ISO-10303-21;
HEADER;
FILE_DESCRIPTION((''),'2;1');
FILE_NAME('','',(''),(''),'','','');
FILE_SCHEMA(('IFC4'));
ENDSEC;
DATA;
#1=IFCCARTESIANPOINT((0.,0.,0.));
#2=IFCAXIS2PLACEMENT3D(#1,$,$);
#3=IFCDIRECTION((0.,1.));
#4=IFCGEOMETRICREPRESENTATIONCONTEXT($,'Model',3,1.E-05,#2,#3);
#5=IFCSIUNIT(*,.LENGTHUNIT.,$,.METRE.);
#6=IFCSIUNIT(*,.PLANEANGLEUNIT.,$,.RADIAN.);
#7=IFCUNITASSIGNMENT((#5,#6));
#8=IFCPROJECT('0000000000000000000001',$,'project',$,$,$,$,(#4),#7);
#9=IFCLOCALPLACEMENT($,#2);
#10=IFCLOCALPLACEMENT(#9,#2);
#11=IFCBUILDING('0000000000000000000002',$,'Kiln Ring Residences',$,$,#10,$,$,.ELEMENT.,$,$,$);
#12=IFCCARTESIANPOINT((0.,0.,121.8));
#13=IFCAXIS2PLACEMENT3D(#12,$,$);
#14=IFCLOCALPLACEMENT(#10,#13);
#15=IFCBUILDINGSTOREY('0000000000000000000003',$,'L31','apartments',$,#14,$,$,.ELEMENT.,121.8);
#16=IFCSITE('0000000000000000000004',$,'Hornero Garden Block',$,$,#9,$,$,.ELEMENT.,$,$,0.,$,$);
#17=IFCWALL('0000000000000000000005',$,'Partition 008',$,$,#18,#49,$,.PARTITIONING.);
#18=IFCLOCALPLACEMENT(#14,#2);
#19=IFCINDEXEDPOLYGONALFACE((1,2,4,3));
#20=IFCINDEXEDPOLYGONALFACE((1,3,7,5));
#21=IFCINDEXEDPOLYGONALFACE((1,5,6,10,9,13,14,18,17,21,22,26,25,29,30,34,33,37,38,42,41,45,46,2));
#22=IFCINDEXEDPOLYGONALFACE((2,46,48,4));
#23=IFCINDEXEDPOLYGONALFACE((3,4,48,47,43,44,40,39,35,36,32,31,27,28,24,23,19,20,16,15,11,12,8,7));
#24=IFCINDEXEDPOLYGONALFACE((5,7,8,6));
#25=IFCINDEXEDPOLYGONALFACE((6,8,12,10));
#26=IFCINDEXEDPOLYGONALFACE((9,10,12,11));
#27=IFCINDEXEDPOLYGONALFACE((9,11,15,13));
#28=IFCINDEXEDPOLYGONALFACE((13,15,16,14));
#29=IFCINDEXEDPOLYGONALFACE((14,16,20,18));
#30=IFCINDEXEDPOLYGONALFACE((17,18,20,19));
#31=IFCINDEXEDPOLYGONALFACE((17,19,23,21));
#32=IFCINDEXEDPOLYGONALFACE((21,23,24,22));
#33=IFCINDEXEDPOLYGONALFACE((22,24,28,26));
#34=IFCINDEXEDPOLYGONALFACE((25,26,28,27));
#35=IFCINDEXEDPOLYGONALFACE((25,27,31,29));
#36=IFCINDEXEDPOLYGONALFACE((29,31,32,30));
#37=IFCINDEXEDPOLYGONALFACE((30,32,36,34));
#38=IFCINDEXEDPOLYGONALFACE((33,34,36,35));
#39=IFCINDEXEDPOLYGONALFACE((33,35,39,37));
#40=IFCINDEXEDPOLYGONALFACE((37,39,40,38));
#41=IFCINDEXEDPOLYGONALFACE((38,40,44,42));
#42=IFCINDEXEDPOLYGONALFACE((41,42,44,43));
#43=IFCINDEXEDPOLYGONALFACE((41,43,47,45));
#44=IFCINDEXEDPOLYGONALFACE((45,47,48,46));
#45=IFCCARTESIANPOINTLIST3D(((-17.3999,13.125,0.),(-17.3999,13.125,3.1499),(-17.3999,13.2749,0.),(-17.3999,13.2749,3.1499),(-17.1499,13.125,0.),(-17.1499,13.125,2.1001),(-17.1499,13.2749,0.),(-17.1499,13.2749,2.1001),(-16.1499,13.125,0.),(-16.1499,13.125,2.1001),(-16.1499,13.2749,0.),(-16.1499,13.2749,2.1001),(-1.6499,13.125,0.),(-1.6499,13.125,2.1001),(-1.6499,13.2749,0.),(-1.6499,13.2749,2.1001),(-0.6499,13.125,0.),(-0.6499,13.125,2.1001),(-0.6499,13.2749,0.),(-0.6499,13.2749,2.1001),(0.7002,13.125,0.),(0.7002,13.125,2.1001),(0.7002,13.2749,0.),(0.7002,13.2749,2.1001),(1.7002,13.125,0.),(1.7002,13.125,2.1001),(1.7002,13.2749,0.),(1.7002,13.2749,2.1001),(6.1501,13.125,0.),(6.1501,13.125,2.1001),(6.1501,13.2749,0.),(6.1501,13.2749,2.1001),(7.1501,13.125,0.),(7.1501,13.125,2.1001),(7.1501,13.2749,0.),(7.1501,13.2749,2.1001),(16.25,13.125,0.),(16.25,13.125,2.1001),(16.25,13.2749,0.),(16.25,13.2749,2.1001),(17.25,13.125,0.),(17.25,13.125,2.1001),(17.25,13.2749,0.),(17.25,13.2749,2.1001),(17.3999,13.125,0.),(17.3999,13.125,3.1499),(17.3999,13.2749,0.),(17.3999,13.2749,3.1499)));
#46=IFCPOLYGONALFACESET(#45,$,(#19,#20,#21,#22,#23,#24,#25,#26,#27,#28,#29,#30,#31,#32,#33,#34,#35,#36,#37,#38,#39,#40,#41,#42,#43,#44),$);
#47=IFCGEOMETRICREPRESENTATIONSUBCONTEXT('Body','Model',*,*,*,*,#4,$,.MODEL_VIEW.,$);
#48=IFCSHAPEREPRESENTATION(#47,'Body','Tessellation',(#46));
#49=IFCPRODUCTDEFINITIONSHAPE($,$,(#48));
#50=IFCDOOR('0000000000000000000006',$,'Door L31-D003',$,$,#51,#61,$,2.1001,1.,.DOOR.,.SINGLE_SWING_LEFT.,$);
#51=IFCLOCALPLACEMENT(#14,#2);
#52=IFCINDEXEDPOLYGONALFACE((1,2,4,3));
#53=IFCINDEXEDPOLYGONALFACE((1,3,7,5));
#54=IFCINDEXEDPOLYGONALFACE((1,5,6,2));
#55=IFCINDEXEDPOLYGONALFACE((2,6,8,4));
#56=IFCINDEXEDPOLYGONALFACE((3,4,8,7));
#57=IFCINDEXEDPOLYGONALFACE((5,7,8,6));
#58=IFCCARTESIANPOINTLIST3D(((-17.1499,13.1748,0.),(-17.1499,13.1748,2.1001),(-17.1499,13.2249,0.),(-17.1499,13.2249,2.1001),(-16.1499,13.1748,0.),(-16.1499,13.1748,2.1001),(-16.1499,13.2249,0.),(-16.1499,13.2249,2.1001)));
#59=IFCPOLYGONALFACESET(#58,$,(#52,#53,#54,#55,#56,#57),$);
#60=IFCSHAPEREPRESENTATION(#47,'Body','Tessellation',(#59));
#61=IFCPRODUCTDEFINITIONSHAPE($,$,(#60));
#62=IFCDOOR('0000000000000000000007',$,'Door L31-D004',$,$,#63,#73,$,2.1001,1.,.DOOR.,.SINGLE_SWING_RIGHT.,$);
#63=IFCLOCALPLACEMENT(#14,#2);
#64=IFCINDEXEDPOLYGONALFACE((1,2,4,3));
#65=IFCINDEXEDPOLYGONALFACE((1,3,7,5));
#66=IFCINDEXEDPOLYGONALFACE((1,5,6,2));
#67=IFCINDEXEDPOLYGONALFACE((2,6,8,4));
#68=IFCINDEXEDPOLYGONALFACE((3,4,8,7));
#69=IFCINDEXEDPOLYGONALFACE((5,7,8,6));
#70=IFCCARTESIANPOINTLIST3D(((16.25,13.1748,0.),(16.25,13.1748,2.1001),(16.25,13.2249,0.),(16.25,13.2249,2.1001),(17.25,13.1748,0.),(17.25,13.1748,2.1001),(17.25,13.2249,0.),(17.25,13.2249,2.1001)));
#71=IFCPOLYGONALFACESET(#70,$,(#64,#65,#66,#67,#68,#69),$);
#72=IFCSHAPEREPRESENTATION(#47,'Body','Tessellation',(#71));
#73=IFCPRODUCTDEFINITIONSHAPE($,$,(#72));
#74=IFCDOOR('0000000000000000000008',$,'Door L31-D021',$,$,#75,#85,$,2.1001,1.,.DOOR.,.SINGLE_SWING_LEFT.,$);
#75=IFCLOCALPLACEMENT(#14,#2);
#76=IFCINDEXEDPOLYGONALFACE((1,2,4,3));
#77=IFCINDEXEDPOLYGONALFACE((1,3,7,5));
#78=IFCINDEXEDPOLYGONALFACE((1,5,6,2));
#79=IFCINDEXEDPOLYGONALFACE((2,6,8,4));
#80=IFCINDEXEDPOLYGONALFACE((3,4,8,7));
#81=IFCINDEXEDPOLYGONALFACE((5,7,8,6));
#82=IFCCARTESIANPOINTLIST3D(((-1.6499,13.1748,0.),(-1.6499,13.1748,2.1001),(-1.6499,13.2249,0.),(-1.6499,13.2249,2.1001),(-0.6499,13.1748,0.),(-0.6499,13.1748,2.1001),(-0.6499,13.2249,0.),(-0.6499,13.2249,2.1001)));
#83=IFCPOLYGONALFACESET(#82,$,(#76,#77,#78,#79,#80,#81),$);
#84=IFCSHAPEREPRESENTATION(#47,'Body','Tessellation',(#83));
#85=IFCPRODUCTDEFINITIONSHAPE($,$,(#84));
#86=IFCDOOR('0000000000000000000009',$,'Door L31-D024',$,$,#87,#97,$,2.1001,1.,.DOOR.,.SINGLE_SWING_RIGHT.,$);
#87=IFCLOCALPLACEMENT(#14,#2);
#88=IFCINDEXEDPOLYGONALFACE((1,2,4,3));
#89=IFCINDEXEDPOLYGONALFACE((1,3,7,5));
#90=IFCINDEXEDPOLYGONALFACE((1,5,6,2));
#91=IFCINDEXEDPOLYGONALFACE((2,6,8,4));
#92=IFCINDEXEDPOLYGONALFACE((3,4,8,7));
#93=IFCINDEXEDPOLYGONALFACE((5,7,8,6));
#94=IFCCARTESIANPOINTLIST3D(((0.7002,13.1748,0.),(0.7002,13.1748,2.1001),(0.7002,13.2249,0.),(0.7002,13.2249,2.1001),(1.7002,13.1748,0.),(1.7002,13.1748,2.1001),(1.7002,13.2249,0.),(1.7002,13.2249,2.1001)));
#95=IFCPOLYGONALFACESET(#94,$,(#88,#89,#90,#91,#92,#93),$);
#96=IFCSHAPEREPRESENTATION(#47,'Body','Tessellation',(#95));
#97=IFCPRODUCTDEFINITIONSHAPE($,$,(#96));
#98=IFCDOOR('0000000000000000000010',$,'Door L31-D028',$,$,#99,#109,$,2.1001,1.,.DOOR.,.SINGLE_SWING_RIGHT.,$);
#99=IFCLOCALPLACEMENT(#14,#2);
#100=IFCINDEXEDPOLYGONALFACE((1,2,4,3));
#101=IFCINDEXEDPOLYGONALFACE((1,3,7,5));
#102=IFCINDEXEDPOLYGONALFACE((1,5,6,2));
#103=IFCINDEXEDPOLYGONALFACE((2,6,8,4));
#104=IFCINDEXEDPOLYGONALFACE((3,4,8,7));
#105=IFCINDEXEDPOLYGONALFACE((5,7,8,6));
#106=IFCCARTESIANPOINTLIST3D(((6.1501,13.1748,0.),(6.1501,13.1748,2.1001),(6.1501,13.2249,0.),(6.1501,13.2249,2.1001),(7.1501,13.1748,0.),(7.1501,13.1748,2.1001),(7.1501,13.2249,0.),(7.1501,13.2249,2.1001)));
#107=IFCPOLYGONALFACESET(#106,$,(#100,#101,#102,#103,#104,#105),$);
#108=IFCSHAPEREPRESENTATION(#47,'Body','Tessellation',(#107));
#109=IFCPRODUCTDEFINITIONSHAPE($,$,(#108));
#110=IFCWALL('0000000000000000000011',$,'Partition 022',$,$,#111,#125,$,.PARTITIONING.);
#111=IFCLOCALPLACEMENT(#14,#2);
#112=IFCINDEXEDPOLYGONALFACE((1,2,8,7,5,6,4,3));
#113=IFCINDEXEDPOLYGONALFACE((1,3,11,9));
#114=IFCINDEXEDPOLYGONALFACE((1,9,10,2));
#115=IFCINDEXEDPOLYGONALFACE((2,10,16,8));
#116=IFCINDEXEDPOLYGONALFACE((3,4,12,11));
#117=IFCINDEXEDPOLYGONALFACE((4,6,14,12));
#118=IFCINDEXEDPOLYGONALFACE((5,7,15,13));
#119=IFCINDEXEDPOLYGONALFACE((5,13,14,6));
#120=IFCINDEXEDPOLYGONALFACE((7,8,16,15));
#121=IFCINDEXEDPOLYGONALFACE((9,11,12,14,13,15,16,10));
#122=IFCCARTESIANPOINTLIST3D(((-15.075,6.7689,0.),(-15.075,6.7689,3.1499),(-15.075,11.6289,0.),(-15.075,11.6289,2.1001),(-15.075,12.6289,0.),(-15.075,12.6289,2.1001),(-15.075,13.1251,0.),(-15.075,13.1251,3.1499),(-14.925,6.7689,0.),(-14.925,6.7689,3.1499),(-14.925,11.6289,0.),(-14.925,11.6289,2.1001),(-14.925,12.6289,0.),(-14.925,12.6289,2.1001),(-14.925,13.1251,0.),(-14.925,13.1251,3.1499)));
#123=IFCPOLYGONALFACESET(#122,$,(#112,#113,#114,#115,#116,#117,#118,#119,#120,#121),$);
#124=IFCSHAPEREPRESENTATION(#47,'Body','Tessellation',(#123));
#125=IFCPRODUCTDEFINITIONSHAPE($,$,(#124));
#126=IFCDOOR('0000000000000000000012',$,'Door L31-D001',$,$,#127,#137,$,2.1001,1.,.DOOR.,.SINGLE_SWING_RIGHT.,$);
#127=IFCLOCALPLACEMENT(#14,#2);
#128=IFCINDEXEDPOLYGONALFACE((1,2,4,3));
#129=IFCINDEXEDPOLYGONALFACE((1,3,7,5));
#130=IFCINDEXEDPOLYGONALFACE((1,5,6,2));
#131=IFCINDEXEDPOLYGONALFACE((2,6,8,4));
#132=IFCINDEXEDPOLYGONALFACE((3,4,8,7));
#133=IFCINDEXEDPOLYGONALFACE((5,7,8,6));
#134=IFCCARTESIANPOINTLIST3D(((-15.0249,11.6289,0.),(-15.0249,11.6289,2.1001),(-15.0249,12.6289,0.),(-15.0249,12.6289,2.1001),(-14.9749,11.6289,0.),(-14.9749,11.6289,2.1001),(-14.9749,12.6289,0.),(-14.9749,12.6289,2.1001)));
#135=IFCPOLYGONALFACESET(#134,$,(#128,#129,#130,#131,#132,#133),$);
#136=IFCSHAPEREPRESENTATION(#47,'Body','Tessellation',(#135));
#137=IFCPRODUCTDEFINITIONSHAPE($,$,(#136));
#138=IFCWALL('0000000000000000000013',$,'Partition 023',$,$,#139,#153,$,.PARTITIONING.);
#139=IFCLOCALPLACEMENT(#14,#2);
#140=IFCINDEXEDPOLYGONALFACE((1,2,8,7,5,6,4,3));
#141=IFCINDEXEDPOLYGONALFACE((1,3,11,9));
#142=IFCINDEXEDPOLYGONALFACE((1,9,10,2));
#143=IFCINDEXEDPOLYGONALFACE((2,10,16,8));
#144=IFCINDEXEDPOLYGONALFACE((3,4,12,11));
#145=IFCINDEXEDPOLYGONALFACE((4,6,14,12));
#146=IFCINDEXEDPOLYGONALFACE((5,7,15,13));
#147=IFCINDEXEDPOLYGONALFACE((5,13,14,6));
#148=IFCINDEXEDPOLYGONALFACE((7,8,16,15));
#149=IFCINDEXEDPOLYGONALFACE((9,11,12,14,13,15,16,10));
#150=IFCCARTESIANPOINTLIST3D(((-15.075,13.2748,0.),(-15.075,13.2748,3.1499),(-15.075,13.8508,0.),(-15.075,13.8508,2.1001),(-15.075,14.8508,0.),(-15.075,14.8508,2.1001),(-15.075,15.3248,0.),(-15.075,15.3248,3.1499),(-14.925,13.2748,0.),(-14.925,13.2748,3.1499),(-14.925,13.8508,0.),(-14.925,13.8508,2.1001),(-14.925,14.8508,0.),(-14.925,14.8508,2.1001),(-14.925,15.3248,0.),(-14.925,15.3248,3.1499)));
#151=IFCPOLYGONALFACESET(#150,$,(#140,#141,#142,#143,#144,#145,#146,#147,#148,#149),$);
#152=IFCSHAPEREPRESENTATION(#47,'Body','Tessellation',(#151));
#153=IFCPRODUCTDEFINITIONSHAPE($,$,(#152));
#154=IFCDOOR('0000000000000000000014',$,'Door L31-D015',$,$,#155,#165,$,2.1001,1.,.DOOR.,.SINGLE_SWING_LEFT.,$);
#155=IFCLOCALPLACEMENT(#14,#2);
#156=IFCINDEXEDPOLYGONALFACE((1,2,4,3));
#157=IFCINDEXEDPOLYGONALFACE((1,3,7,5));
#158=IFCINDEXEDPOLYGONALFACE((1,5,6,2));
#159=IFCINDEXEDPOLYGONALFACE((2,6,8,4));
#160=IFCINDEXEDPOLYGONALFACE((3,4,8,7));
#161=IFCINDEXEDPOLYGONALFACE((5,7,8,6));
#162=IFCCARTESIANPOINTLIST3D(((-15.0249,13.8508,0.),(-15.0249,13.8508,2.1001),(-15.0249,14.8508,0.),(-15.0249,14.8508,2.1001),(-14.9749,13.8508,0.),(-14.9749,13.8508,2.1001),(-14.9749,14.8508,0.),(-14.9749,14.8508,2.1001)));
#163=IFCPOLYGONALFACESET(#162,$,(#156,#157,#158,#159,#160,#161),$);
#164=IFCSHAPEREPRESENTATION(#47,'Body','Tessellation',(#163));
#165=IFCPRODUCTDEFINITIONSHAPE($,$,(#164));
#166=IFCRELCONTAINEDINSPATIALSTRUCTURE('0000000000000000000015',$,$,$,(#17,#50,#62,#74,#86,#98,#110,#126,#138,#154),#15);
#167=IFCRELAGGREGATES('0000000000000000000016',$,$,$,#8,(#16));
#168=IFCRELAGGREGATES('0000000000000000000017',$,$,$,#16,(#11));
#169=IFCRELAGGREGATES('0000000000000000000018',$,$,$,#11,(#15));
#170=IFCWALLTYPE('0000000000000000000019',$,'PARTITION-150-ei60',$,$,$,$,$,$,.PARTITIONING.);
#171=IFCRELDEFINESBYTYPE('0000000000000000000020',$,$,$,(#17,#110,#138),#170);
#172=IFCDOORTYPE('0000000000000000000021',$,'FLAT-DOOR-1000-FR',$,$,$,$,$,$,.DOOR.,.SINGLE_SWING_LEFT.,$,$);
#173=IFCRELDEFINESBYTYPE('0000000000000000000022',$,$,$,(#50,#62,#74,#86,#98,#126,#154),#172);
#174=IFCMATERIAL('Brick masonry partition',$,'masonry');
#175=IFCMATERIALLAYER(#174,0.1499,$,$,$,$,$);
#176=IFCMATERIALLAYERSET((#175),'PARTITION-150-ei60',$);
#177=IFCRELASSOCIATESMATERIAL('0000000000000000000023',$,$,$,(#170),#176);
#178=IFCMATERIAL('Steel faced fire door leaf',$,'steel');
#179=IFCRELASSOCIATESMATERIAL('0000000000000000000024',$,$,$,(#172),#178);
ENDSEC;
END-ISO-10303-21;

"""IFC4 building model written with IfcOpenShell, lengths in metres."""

from ifc_helpers import new_model, si_unit, direction, frame, frame_2d, origin, place, context, subcontext, project, spatial, rectangle, extrude, material, layer, layer_set, type_object, element, fill, save


model = new_model("IFC4")

# Units and contexts
model_context = context("Model", 3, precision=1e-05, world=origin(), true_north=direction((0.0, 1.0)))
body_context = subcontext(model_context, "Body", "Model", "MODEL_VIEW")
ifc_project = project(units=[si_unit("LENGTHUNIT", "METRE"), si_unit("PLANEANGLEUNIT", "RADIAN")], contexts=[model_context])

# Site, building, storey
site_placement = place(None, origin())
site = spatial("IfcSite", under=ifc_project, at=site_placement, Name="Hornero Garden Block", CompositionType="ELEMENT", RefElevation=0.0)
building_placement = place(site_placement, origin())
building = spatial("IfcBuilding", under=site, at=building_placement, Name="Kiln Ring Residences", CompositionType="ELEMENT")
storey_placement = place(building_placement, frame((0.0, 0.0, 121.8)))
storey = spatial("IfcBuildingStorey", under=building, at=storey_placement, Name="L31", Description="apartments", CompositionType="ELEMENT", Elevation=121.8)

# Wall, openings, doors
ifc_material_1 = material(Name="Brick masonry partition", Category="masonry")
ifc_layer_1 = layer(ifc_material_1, 0.1499)
ifc_layer_set_1 = layer_set([ifc_layer_1], Name="PARTITION-150-ei60")
wall_type = type_object("IfcWallType", Name="PARTITION-150-ei60", PredefinedType="PARTITIONING", material=ifc_layer_set_1)
ifc_material_2 = material(Name="Steel faced fire door leaf", Category="steel")
door_type = type_object("IfcDoorType", Name="FLAT-DOOR-1000-FR", OperationType="SINGLE_SWING_LEFT", PredefinedType="DOOR", material=ifc_material_2)
wall_1_placement = place(storey_placement, frame((-17.3999, 13.2, 0.0), z_axis=(0.0, 0.0, 1.0), x_axis=(1.0, 0.0, 0.0)))
wall_1 = element("IfcWall", 1, at=wall_1_placement, inside=storey, type_object=wall_type, Name="Partition 008", PredefinedType="PARTITIONING", context=body_context, shape_type="SweptSolid", body=[
    extrude(rectangle(XDim=34.7998, YDim=0.1499, at=frame_2d((17.3999, 0.0))), origin(), (0.0, 0.0, 1.0), 3.1499),
])
opening_1_placement = place(wall_1_placement, frame((0.25, 0.0, 0.0)))
opening_1 = element("IfcOpeningElement", 2, at=opening_1_placement, cuts=wall_1, PredefinedType="OPENING", context=body_context, shape_type="SweptSolid", body=[
    extrude(rectangle(XDim=1.0, YDim=2.1001, at=frame_2d((0.5, 1.05))), frame((0.0, 0.085, 0.0), z_axis=(0.0, -1.0, 0.0), x_axis=(1.0, 0.0, 0.0)), (0.0, 0.0, 1.0), 0.1699),
])
opening_2_placement = place(wall_1_placement, frame((33.6499, 0.0, 0.0)))
opening_2 = element("IfcOpeningElement", 3, at=opening_2_placement, cuts=wall_1, PredefinedType="OPENING", context=body_context, shape_type="SweptSolid", body=[
    extrude(rectangle(XDim=1.0, YDim=2.1001, at=frame_2d((0.5, 1.05))), frame((0.0, 0.085, 0.0), z_axis=(0.0, -1.0, 0.0), x_axis=(1.0, 0.0, 0.0)), (0.0, 0.0, 1.0), 0.1699),
])
opening_3_placement = place(wall_1_placement, frame((15.75, 0.0, 0.0)))
opening_3 = element("IfcOpeningElement", 4, at=opening_3_placement, cuts=wall_1, PredefinedType="OPENING", context=body_context, shape_type="SweptSolid", body=[
    extrude(rectangle(XDim=1.0, YDim=2.1001, at=frame_2d((0.5, 1.05))), frame((0.0, 0.085, 0.0), z_axis=(0.0, -1.0, 0.0), x_axis=(1.0, 0.0, 0.0)), (0.0, 0.0, 1.0), 0.1699),
])
opening_4_placement = place(wall_1_placement, frame((18.1001, 0.0, 0.0)))
opening_4 = element("IfcOpeningElement", 5, at=opening_4_placement, cuts=wall_1, PredefinedType="OPENING", context=body_context, shape_type="SweptSolid", body=[
    extrude(rectangle(XDim=1.0, YDim=2.1001, at=frame_2d((0.5, 1.05))), frame((0.0, 0.085, 0.0), z_axis=(0.0, -1.0, 0.0), x_axis=(1.0, 0.0, 0.0)), (0.0, 0.0, 1.0), 0.1699),
])
opening_5_placement = place(wall_1_placement, frame((23.55, 0.0, 0.0)))
opening_5 = element("IfcOpeningElement", 6, at=opening_5_placement, cuts=wall_1, PredefinedType="OPENING", context=body_context, shape_type="SweptSolid", body=[
    extrude(rectangle(XDim=1.0, YDim=2.1001, at=frame_2d((0.5, 1.05))), frame((0.0, 0.085, 0.0), z_axis=(0.0, -1.0, 0.0), x_axis=(1.0, 0.0, 0.0)), (0.0, 0.0, 1.0), 0.1699),
])
door_1_placement = place(opening_1_placement, origin())
door_1 = element("IfcDoor", 7, at=door_1_placement, inside=storey, type_object=door_type, Name="Door L31-D003", OperationType="SINGLE_SWING_LEFT", OverallHeight=2.1001, OverallWidth=1.0, PredefinedType="DOOR", context=body_context, shape_type="SweptSolid", body=[
    extrude(rectangle(XDim=1.0, YDim=2.1001, at=frame_2d((0.5, 1.05))), frame((0.0, 0.0249, 0.0), z_axis=(0.0, -1.0, 0.0), x_axis=(1.0, 0.0, 0.0)), (0.0, 0.0, 1.0), 0.05),
])
fill(opening_1, door_1)
door_2_placement = place(opening_2_placement, origin())
door_2 = element("IfcDoor", 8, at=door_2_placement, inside=storey, type_object=door_type, Name="Door L31-D004", OperationType="SINGLE_SWING_RIGHT", OverallHeight=2.1001, OverallWidth=1.0, PredefinedType="DOOR", context=body_context, shape_type="SweptSolid", body=[
    extrude(rectangle(XDim=1.0, YDim=2.1001, at=frame_2d((0.5, 1.05))), frame((0.0, 0.0249, 0.0), z_axis=(0.0, -1.0, 0.0), x_axis=(1.0, 0.0, 0.0)), (0.0, 0.0, 1.0), 0.05),
])
fill(opening_2, door_2)
door_3_placement = place(opening_3_placement, origin())
door_3 = element("IfcDoor", 9, at=door_3_placement, inside=storey, type_object=door_type, Name="Door L31-D021", OperationType="SINGLE_SWING_LEFT", OverallHeight=2.1001, OverallWidth=1.0, PredefinedType="DOOR", context=body_context, shape_type="SweptSolid", body=[
    extrude(rectangle(XDim=1.0, YDim=2.1001, at=frame_2d((0.5, 1.05))), frame((0.0, 0.0249, 0.0), z_axis=(0.0, -1.0, 0.0), x_axis=(1.0, 0.0, 0.0)), (0.0, 0.0, 1.0), 0.05),
])
fill(opening_3, door_3)
door_4_placement = place(opening_4_placement, origin())
door_4 = element("IfcDoor", 10, at=door_4_placement, inside=storey, type_object=door_type, Name="Door L31-D024", OperationType="SINGLE_SWING_RIGHT", OverallHeight=2.1001, OverallWidth=1.0, PredefinedType="DOOR", context=body_context, shape_type="SweptSolid", body=[
    extrude(rectangle(XDim=1.0, YDim=2.1001, at=frame_2d((0.5, 1.05))), frame((0.0, 0.0249, 0.0), z_axis=(0.0, -1.0, 0.0), x_axis=(1.0, 0.0, 0.0)), (0.0, 0.0, 1.0), 0.05),
])
fill(opening_4, door_4)
door_5_placement = place(opening_5_placement, origin())
door_5 = element("IfcDoor", 11, at=door_5_placement, inside=storey, type_object=door_type, Name="Door L31-D028", OperationType="SINGLE_SWING_RIGHT", OverallHeight=2.1001, OverallWidth=1.0, PredefinedType="DOOR", context=body_context, shape_type="SweptSolid", body=[
    extrude(rectangle(XDim=1.0, YDim=2.1001, at=frame_2d((0.5, 1.05))), frame((0.0, 0.0249, 0.0), z_axis=(0.0, -1.0, 0.0), x_axis=(1.0, 0.0, 0.0)), (0.0, 0.0, 1.0), 0.05),
])
fill(opening_5, door_5)

# Walls, openings, doors
wall_2_placement = place(storey_placement, frame((-15.0, 6.7688, 0.0), z_axis=(0.0, 0.0, 1.0), x_axis=(0.0, 1.0, 0.0)))
wall_2 = element("IfcWall", 12, at=wall_2_placement, inside=storey, type_object=wall_type, Name="Partition 022", PredefinedType="PARTITIONING", context=body_context, shape_type="SweptSolid", body=[
    extrude(rectangle(XDim=6.3562, YDim=0.1499, at=frame_2d((3.1782, 0.0))), origin(), (0.0, 0.0, 1.0), 3.1499),
])
opening_6_placement = place(wall_2_placement, frame((4.8601, 0.0, 0.0)))
opening_6 = element("IfcOpeningElement", 13, at=opening_6_placement, cuts=wall_2, PredefinedType="OPENING", context=body_context, shape_type="SweptSolid", body=[
    extrude(rectangle(XDim=1.0, YDim=2.1001, at=frame_2d((0.5, 1.05))), frame((0.0, 0.085, 0.0), z_axis=(0.0, -1.0, 0.0), x_axis=(1.0, 0.0, 0.0)), (0.0, 0.0, 1.0), 0.1699),
])
door_6_placement = place(opening_6_placement, origin())
door_6 = element("IfcDoor", 14, at=door_6_placement, inside=storey, type_object=door_type, Name="Door L31-D001", OperationType="SINGLE_SWING_RIGHT", OverallHeight=2.1001, OverallWidth=1.0, PredefinedType="DOOR", context=body_context, shape_type="SweptSolid", body=[
    extrude(rectangle(XDim=1.0, YDim=2.1001, at=frame_2d((0.5, 1.05))), frame((0.0, 0.0249, 0.0), z_axis=(0.0, -1.0, 0.0), x_axis=(1.0, 0.0, 0.0)), (0.0, 0.0, 1.0), 0.05),
])
fill(opening_6, door_6)
wall_3_placement = place(storey_placement, frame((-15.0, 13.2749, 0.0), z_axis=(0.0, 0.0, 1.0), x_axis=(0.0, 1.0, 0.0)))
wall_3 = element("IfcWall", 15, at=wall_3_placement, inside=storey, type_object=wall_type, Name="Partition 023", PredefinedType="PARTITIONING", context=body_context, shape_type="SweptSolid", body=[
    extrude(rectangle(XDim=2.05, YDim=0.1499, at=frame_2d((1.0249, 0.0))), origin(), (0.0, 0.0, 1.0), 3.1499),
])
opening_7_placement = place(wall_3_placement, frame((0.5759, 0.0, 0.0)))
opening_7 = element("IfcOpeningElement", 16, at=opening_7_placement, cuts=wall_3, PredefinedType="OPENING", context=body_context, shape_type="SweptSolid", body=[
    extrude(rectangle(XDim=1.0, YDim=2.1001, at=frame_2d((0.5, 1.05))), frame((0.0, 0.085, 0.0), z_axis=(0.0, -1.0, 0.0), x_axis=(1.0, 0.0, 0.0)), (0.0, 0.0, 1.0), 0.1699),
])
door_7_placement = place(opening_7_placement, origin())
door_7 = element("IfcDoor", 17, at=door_7_placement, inside=storey, type_object=door_type, Name="Door L31-D015", OperationType="SINGLE_SWING_LEFT", OverallHeight=2.1001, OverallWidth=1.0, PredefinedType="DOOR", context=body_context, shape_type="SweptSolid", body=[
    extrude(rectangle(XDim=1.0, YDim=2.1001, at=frame_2d((0.5, 1.05))), frame((0.0, 0.0249, 0.0), z_axis=(0.0, -1.0, 0.0), x_axis=(1.0, 0.0, 0.0)), (0.0, 0.0, 1.0), 0.05),
])
fill(opening_7, door_7)

save(model, "model.ifc")
